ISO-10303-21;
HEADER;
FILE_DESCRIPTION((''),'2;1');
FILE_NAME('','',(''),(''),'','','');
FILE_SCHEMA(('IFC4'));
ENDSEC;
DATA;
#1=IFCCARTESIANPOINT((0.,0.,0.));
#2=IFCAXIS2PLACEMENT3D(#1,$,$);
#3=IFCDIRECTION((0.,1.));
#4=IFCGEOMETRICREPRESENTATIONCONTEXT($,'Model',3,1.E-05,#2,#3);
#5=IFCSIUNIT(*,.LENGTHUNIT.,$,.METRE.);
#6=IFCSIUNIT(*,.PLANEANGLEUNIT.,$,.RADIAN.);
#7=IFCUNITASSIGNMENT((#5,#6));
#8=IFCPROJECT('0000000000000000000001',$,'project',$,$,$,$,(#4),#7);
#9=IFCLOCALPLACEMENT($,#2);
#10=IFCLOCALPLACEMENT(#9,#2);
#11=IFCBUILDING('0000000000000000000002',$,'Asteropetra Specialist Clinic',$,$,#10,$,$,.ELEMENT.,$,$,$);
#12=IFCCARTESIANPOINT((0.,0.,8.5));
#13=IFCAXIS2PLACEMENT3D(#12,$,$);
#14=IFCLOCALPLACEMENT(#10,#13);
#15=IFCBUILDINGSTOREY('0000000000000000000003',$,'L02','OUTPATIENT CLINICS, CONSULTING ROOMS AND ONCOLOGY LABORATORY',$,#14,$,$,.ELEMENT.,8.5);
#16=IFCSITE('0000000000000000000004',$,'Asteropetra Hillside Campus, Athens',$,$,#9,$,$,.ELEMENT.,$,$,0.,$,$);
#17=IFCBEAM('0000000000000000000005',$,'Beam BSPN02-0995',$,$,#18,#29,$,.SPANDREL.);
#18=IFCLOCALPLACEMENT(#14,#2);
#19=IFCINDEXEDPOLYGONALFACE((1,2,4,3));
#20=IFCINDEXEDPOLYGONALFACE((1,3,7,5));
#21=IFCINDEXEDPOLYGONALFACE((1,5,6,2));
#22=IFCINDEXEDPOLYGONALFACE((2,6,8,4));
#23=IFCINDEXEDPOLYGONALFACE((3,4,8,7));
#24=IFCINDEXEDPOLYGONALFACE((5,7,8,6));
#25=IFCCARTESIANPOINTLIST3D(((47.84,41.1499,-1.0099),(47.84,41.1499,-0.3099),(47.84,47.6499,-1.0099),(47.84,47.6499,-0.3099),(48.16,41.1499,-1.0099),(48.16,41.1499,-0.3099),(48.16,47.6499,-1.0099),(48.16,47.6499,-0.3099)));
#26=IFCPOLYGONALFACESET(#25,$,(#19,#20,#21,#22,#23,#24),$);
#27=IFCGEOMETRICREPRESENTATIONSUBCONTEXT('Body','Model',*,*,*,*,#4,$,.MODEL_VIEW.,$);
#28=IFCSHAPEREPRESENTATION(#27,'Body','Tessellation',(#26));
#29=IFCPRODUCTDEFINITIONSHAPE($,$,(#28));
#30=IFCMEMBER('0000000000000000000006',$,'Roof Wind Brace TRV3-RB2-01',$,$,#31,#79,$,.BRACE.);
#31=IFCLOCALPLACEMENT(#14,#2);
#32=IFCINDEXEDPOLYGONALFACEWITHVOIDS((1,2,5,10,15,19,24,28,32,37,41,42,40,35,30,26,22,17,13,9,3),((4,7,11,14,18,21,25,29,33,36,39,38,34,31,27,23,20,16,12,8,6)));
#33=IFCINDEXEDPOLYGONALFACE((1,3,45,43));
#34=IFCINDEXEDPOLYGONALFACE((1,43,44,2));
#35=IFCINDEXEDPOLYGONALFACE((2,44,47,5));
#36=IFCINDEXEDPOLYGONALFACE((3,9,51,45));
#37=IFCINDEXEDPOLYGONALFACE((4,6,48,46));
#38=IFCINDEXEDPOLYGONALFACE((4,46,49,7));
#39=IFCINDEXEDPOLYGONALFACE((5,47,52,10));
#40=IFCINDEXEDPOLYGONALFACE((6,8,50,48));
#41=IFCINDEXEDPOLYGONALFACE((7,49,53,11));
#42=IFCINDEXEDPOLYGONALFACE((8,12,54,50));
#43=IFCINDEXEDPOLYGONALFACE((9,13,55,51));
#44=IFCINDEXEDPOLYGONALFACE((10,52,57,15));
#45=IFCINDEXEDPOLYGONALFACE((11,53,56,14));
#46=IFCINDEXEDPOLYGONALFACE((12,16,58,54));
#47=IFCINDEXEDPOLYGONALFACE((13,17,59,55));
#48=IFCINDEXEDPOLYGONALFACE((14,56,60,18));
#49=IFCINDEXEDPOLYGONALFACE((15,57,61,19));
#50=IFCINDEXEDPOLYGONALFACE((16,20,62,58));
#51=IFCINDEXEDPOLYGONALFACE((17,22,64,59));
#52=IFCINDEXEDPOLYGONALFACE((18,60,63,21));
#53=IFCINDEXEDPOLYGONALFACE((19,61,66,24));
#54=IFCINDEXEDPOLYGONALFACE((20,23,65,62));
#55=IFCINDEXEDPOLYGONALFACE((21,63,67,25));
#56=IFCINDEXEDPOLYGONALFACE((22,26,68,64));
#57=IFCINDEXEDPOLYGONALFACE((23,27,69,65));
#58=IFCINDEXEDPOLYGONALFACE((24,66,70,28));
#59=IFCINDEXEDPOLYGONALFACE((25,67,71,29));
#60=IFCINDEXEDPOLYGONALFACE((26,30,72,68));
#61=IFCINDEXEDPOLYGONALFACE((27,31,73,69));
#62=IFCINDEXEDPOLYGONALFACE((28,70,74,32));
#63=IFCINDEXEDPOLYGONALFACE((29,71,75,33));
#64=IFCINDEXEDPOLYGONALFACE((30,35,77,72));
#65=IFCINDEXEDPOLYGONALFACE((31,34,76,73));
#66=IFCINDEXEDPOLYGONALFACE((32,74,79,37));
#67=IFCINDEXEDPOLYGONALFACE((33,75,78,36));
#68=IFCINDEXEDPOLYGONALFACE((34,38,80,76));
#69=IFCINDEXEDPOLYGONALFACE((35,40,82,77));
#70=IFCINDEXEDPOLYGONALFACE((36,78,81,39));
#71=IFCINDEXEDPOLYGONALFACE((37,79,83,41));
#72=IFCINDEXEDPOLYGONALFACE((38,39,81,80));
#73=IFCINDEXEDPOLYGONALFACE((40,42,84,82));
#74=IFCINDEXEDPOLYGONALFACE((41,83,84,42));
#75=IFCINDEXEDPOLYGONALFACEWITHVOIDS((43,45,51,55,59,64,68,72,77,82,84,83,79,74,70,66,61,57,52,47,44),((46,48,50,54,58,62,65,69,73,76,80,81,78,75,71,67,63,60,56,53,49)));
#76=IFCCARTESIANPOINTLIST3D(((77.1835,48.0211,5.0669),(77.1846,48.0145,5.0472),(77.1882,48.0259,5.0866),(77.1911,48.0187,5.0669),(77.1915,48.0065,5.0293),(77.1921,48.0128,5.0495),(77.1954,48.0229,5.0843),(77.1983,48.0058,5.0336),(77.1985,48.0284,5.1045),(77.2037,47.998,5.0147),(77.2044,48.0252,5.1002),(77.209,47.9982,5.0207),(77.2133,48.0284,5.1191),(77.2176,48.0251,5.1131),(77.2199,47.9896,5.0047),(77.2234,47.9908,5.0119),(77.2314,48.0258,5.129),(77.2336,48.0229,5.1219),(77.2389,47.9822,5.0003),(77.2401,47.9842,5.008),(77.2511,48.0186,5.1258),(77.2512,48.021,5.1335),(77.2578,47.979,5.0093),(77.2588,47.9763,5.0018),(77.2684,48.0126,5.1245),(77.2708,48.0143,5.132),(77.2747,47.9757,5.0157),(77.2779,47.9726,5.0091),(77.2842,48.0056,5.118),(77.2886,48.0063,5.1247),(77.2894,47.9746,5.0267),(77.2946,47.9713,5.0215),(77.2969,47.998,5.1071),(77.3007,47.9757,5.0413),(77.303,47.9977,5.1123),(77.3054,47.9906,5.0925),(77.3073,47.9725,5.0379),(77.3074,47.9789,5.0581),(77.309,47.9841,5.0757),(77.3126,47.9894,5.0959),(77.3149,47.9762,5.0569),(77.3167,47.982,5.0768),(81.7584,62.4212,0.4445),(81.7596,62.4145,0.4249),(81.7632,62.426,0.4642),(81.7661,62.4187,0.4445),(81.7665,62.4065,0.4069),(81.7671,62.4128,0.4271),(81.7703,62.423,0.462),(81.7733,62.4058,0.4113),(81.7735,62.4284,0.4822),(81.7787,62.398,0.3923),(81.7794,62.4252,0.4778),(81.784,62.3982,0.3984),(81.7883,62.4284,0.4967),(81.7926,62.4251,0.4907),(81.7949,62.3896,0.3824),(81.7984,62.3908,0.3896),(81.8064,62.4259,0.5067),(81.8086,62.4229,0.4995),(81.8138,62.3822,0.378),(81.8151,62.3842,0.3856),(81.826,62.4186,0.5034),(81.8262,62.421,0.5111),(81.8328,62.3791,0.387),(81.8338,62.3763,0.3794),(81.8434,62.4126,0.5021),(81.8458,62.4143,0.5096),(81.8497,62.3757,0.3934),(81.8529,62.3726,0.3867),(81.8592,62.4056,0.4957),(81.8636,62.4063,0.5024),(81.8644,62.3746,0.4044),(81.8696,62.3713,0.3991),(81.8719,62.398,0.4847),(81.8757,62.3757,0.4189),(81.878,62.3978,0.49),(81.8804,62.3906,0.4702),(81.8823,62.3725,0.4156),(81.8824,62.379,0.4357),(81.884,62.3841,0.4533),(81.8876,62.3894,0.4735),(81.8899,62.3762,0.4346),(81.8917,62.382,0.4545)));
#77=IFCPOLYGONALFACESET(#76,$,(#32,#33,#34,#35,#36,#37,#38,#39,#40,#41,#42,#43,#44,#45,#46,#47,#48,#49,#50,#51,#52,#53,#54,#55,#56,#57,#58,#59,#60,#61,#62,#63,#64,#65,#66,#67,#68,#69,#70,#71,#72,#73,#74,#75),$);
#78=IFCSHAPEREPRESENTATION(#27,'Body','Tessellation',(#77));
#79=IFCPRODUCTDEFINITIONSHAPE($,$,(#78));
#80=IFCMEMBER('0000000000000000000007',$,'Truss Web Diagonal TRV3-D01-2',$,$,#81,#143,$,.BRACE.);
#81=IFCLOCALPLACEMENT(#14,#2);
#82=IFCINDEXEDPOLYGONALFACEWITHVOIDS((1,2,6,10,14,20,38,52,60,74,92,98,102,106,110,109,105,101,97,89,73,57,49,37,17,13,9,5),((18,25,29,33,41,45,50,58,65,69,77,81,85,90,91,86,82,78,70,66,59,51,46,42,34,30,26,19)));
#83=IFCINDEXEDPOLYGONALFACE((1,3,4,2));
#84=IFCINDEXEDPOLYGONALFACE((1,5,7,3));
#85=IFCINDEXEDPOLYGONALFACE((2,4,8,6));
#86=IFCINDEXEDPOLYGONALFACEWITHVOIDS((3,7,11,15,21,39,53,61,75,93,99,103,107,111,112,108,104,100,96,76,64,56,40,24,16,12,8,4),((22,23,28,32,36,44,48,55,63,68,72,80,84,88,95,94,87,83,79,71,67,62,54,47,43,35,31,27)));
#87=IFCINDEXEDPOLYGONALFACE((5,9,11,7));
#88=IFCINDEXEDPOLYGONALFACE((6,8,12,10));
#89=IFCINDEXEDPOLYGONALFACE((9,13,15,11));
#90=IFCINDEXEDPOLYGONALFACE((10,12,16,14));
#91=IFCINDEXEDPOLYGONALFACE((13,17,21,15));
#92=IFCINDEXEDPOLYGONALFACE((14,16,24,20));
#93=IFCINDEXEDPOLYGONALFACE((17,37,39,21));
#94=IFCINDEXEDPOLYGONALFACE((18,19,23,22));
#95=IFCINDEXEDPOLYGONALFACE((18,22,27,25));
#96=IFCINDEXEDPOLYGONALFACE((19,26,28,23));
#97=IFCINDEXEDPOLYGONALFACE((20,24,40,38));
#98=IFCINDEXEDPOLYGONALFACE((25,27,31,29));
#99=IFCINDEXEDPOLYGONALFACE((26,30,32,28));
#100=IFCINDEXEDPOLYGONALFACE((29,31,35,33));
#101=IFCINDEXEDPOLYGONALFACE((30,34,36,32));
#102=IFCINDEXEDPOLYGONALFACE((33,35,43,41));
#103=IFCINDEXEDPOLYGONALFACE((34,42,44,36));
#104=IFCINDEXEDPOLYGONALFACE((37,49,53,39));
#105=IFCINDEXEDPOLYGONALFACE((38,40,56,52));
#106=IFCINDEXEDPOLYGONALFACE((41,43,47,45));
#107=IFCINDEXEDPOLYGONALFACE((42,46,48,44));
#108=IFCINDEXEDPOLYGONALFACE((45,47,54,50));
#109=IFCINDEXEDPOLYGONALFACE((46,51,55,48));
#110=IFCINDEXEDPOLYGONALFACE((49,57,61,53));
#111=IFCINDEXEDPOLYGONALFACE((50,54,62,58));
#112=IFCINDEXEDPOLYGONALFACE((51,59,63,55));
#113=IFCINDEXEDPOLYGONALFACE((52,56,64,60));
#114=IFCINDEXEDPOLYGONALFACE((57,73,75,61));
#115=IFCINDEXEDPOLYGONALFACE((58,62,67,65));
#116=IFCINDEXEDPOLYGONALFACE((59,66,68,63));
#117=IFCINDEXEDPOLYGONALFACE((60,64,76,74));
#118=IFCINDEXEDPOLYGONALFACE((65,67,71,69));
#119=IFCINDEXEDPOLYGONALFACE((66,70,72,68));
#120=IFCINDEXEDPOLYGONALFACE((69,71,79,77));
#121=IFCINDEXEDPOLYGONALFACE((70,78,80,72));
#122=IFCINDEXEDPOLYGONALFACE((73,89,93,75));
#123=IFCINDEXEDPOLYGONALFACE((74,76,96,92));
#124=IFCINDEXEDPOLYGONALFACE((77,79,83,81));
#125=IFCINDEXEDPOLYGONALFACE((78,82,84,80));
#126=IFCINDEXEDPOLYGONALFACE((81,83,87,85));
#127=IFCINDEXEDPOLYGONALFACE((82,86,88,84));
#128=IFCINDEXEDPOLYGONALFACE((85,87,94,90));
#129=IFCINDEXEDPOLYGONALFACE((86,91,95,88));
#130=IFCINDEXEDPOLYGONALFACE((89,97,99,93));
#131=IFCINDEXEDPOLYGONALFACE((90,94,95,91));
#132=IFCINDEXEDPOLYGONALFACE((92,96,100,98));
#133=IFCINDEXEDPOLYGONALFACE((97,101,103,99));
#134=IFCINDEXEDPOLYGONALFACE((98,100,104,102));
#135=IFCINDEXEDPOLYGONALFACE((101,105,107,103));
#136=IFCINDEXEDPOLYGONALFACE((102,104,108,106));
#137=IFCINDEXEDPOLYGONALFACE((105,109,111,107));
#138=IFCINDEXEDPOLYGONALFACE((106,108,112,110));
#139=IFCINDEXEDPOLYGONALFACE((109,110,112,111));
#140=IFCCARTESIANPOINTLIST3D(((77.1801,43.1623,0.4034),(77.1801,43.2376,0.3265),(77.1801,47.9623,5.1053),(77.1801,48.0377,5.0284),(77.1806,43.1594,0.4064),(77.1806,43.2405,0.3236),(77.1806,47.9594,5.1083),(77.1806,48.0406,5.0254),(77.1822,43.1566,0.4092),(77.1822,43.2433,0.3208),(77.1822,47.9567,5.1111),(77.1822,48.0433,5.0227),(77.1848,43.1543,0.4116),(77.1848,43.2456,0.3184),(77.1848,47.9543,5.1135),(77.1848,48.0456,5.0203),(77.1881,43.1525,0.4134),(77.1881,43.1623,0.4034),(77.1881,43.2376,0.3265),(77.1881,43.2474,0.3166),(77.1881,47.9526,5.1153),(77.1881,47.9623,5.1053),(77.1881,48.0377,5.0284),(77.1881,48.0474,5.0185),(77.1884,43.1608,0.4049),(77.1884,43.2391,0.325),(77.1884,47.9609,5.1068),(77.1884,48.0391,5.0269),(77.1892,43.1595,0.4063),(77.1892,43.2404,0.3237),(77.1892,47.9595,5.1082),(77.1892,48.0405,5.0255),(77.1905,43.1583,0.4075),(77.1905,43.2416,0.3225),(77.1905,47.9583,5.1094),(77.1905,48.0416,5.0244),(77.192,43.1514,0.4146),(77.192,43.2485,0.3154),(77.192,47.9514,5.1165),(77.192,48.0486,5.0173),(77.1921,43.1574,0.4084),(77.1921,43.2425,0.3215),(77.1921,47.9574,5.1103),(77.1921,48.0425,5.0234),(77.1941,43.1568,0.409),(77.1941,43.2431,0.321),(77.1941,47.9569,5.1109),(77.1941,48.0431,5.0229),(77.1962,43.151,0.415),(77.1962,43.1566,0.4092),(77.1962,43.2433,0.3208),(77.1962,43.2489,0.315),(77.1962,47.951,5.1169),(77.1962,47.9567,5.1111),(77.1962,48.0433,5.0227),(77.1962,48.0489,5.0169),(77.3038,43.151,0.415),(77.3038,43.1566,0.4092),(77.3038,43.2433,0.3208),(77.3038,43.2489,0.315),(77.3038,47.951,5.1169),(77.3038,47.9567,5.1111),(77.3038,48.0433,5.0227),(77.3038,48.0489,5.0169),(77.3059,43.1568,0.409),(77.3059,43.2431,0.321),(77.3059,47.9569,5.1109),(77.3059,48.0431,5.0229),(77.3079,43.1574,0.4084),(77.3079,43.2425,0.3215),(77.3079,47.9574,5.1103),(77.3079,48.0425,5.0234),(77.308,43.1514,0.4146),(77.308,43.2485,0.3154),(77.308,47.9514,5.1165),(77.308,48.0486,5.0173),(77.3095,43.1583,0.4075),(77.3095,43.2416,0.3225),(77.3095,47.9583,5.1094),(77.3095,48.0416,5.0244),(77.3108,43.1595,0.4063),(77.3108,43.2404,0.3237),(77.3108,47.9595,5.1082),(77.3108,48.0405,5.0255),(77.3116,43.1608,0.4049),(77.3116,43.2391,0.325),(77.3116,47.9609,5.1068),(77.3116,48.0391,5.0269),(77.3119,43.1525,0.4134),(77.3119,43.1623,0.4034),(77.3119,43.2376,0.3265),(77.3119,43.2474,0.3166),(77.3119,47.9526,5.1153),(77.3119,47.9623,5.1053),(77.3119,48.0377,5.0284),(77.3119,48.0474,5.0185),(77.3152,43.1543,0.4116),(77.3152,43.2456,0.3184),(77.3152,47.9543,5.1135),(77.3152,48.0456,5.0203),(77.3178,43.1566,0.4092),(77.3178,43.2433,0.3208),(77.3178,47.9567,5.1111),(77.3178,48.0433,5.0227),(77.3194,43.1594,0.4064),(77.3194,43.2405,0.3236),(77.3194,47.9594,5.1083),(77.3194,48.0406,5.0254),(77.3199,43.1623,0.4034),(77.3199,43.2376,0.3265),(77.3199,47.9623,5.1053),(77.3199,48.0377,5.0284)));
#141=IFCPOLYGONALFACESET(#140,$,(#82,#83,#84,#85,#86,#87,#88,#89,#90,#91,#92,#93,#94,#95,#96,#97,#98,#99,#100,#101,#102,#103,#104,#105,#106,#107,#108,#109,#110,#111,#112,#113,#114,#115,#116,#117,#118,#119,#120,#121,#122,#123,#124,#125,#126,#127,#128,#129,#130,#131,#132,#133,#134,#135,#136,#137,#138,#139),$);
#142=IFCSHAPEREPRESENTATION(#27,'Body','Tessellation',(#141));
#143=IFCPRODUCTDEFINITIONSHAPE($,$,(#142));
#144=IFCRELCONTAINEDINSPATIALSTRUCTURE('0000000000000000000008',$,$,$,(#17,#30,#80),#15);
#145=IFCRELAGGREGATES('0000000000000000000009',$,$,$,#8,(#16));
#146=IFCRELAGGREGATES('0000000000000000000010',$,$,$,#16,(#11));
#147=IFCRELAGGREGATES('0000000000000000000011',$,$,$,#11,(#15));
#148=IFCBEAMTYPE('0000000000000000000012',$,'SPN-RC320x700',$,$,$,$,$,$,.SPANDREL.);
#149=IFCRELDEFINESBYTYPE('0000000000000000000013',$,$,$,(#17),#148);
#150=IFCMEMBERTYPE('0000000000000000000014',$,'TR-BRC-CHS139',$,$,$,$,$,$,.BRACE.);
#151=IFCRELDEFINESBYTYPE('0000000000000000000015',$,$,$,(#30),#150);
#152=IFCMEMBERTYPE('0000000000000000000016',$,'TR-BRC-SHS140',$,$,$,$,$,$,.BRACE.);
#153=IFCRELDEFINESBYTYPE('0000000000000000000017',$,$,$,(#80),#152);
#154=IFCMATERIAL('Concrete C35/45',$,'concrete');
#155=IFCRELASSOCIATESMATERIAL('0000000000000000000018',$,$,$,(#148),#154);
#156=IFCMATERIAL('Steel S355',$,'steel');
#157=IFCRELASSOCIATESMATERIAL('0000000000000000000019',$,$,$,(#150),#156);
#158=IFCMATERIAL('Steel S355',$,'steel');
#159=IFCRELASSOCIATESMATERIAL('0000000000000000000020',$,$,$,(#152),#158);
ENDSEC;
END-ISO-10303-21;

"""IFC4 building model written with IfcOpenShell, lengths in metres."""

from ifc_helpers import new_model, si_unit, direction, frame, origin, origin_2d, place, context, subcontext, project, spatial, rectangle, hollow_rectangle, hollow_circle, extrude, material, material_profile, profile_set, type_object, element, save


model = new_model("IFC4")

# Units and contexts
model_context = context("Model", 3, precision=1e-05, world=origin(), true_north=direction((0.0, 1.0)))
body_context = subcontext(model_context, "Body", "Model", "MODEL_VIEW")
ifc_project = project(units=[si_unit("LENGTHUNIT", "METRE"), si_unit("PLANEANGLEUNIT", "RADIAN")], contexts=[model_context])

# Site, building, storey
site_placement = place(None, origin())
site = spatial("IfcSite", under=ifc_project, at=site_placement, Name="Asteropetra Hillside Campus, Athens", CompositionType="ELEMENT", RefElevation=0.0)
building_placement = place(site_placement, origin())
building = spatial("IfcBuilding", under=site, at=building_placement, Name="Asteropetra Specialist Clinic", CompositionType="ELEMENT")
storey_placement = place(building_placement, frame((0.0, 0.0, 8.5)))
storey = spatial("IfcBuildingStorey", under=building, at=storey_placement, Name="L02", Description="OUTPATIENT CLINICS, CONSULTING ROOMS AND ONCOLOGY LABORATORY", CompositionType="ELEMENT", Elevation=8.5)

# Beam
ifc_material_1 = material(Name="Concrete C35/45", Category="concrete")
ifc_material_profile_1 = material_profile(ifc_material_1, rectangle(XDim=0.3201, YDim=0.7, at=origin_2d()), Name="RCS 320x700")
ifc_profile_set_1 = profile_set([ifc_material_profile_1], Name="Concrete C35/45")
beam_type = type_object("IfcBeamType", Name="SPN-RC320x700", PredefinedType="SPANDREL", material=ifc_profile_set_1)
beam_placement = place(storey_placement, frame((48.0, 41.1499, -0.6599), z_axis=(0.0, 1.0, 0.0), x_axis=(-1.0, 0.0, 0.0)))
element("IfcBeam", 1, at=beam_placement, inside=storey, type_object=beam_type, Name="Beam BSPN02-0995", PredefinedType="SPANDREL", context=body_context, shape_type="SweptSolid", body=[
    extrude(rectangle(XDim=0.3201, YDim=0.7, at=origin_2d()), origin(), (0.0, 0.0, 1.0), 6.5),
])

# Members
ifc_material_2 = material(Name="Steel S355", Category="steel")
ifc_material_profile_2 = material_profile(ifc_material_2, hollow_circle(Radius=0.0698, WallThickness=0.0081, at=origin_2d()), Name="CHS 139.7x8.0")
ifc_profile_set_2 = profile_set([ifc_material_profile_2], Name="Steel S355")
member_type_1 = type_object("IfcMemberType", Name="TR-BRC-CHS139", PredefinedType="BRACE", material=ifc_profile_set_2)
member_1_placement = place(storey_placement, frame((77.25, 48.0, 5.0669), z_axis=(0.289546, 0.911362, -0.292544), x_axis=(-0.953056, 0.302793, 0.0)))
element("IfcMember", 2, at=member_1_placement, inside=storey, type_object=member_type_1, Name="Roof Wind Brace TRV3-RB2-01", PredefinedType="BRACE", context=body_context, shape_type="SweptSolid", body=[
    extrude(hollow_circle(Radius=0.0698, WallThickness=0.0081, at=origin_2d()), origin(), (0.0, 0.0, 1.0), 15.8005),
])
ifc_material_3 = material(Name="Steel S355", Category="steel")
ifc_material_profile_3 = material_profile(ifc_material_3, hollow_rectangle(XDim=0.1399, YDim=0.1399, WallThickness=0.0081, InnerFilletRadius=0.0081, OuterFilletRadius=0.0161, at=origin_2d()), Name="SHS 140x140x8.0")
ifc_profile_set_3 = profile_set([ifc_material_profile_3], Name="Steel S355")
member_type_2 = type_object("IfcMemberType", Name="TR-BRC-SHS140", PredefinedType="BRACE", material=ifc_profile_set_3)
for number, where, z_axis, x_axis, name in (
    (3, (77.25, 43.2, 0.365), (0.0, 0.714372, 0.699766), (-1.0, 0.0, 0.0), "Truss Web Diagonal TRV3-D01-2"),
):
    element("IfcMember", number, at=place(storey_placement, frame(where, z_axis=z_axis, x_axis=x_axis)), inside=storey, type_object=member_type_2, Name=name, PredefinedType="BRACE", context=body_context, shape_type="SweptSolid", body=[
        extrude(hollow_rectangle(XDim=0.1399, YDim=0.1399, WallThickness=0.0081, InnerFilletRadius=0.0081, OuterFilletRadius=0.0161, at=origin_2d()), origin(), (0.0, 0.0, 1.0), 6.7192),
    ])

save(model, "model.ifc")
